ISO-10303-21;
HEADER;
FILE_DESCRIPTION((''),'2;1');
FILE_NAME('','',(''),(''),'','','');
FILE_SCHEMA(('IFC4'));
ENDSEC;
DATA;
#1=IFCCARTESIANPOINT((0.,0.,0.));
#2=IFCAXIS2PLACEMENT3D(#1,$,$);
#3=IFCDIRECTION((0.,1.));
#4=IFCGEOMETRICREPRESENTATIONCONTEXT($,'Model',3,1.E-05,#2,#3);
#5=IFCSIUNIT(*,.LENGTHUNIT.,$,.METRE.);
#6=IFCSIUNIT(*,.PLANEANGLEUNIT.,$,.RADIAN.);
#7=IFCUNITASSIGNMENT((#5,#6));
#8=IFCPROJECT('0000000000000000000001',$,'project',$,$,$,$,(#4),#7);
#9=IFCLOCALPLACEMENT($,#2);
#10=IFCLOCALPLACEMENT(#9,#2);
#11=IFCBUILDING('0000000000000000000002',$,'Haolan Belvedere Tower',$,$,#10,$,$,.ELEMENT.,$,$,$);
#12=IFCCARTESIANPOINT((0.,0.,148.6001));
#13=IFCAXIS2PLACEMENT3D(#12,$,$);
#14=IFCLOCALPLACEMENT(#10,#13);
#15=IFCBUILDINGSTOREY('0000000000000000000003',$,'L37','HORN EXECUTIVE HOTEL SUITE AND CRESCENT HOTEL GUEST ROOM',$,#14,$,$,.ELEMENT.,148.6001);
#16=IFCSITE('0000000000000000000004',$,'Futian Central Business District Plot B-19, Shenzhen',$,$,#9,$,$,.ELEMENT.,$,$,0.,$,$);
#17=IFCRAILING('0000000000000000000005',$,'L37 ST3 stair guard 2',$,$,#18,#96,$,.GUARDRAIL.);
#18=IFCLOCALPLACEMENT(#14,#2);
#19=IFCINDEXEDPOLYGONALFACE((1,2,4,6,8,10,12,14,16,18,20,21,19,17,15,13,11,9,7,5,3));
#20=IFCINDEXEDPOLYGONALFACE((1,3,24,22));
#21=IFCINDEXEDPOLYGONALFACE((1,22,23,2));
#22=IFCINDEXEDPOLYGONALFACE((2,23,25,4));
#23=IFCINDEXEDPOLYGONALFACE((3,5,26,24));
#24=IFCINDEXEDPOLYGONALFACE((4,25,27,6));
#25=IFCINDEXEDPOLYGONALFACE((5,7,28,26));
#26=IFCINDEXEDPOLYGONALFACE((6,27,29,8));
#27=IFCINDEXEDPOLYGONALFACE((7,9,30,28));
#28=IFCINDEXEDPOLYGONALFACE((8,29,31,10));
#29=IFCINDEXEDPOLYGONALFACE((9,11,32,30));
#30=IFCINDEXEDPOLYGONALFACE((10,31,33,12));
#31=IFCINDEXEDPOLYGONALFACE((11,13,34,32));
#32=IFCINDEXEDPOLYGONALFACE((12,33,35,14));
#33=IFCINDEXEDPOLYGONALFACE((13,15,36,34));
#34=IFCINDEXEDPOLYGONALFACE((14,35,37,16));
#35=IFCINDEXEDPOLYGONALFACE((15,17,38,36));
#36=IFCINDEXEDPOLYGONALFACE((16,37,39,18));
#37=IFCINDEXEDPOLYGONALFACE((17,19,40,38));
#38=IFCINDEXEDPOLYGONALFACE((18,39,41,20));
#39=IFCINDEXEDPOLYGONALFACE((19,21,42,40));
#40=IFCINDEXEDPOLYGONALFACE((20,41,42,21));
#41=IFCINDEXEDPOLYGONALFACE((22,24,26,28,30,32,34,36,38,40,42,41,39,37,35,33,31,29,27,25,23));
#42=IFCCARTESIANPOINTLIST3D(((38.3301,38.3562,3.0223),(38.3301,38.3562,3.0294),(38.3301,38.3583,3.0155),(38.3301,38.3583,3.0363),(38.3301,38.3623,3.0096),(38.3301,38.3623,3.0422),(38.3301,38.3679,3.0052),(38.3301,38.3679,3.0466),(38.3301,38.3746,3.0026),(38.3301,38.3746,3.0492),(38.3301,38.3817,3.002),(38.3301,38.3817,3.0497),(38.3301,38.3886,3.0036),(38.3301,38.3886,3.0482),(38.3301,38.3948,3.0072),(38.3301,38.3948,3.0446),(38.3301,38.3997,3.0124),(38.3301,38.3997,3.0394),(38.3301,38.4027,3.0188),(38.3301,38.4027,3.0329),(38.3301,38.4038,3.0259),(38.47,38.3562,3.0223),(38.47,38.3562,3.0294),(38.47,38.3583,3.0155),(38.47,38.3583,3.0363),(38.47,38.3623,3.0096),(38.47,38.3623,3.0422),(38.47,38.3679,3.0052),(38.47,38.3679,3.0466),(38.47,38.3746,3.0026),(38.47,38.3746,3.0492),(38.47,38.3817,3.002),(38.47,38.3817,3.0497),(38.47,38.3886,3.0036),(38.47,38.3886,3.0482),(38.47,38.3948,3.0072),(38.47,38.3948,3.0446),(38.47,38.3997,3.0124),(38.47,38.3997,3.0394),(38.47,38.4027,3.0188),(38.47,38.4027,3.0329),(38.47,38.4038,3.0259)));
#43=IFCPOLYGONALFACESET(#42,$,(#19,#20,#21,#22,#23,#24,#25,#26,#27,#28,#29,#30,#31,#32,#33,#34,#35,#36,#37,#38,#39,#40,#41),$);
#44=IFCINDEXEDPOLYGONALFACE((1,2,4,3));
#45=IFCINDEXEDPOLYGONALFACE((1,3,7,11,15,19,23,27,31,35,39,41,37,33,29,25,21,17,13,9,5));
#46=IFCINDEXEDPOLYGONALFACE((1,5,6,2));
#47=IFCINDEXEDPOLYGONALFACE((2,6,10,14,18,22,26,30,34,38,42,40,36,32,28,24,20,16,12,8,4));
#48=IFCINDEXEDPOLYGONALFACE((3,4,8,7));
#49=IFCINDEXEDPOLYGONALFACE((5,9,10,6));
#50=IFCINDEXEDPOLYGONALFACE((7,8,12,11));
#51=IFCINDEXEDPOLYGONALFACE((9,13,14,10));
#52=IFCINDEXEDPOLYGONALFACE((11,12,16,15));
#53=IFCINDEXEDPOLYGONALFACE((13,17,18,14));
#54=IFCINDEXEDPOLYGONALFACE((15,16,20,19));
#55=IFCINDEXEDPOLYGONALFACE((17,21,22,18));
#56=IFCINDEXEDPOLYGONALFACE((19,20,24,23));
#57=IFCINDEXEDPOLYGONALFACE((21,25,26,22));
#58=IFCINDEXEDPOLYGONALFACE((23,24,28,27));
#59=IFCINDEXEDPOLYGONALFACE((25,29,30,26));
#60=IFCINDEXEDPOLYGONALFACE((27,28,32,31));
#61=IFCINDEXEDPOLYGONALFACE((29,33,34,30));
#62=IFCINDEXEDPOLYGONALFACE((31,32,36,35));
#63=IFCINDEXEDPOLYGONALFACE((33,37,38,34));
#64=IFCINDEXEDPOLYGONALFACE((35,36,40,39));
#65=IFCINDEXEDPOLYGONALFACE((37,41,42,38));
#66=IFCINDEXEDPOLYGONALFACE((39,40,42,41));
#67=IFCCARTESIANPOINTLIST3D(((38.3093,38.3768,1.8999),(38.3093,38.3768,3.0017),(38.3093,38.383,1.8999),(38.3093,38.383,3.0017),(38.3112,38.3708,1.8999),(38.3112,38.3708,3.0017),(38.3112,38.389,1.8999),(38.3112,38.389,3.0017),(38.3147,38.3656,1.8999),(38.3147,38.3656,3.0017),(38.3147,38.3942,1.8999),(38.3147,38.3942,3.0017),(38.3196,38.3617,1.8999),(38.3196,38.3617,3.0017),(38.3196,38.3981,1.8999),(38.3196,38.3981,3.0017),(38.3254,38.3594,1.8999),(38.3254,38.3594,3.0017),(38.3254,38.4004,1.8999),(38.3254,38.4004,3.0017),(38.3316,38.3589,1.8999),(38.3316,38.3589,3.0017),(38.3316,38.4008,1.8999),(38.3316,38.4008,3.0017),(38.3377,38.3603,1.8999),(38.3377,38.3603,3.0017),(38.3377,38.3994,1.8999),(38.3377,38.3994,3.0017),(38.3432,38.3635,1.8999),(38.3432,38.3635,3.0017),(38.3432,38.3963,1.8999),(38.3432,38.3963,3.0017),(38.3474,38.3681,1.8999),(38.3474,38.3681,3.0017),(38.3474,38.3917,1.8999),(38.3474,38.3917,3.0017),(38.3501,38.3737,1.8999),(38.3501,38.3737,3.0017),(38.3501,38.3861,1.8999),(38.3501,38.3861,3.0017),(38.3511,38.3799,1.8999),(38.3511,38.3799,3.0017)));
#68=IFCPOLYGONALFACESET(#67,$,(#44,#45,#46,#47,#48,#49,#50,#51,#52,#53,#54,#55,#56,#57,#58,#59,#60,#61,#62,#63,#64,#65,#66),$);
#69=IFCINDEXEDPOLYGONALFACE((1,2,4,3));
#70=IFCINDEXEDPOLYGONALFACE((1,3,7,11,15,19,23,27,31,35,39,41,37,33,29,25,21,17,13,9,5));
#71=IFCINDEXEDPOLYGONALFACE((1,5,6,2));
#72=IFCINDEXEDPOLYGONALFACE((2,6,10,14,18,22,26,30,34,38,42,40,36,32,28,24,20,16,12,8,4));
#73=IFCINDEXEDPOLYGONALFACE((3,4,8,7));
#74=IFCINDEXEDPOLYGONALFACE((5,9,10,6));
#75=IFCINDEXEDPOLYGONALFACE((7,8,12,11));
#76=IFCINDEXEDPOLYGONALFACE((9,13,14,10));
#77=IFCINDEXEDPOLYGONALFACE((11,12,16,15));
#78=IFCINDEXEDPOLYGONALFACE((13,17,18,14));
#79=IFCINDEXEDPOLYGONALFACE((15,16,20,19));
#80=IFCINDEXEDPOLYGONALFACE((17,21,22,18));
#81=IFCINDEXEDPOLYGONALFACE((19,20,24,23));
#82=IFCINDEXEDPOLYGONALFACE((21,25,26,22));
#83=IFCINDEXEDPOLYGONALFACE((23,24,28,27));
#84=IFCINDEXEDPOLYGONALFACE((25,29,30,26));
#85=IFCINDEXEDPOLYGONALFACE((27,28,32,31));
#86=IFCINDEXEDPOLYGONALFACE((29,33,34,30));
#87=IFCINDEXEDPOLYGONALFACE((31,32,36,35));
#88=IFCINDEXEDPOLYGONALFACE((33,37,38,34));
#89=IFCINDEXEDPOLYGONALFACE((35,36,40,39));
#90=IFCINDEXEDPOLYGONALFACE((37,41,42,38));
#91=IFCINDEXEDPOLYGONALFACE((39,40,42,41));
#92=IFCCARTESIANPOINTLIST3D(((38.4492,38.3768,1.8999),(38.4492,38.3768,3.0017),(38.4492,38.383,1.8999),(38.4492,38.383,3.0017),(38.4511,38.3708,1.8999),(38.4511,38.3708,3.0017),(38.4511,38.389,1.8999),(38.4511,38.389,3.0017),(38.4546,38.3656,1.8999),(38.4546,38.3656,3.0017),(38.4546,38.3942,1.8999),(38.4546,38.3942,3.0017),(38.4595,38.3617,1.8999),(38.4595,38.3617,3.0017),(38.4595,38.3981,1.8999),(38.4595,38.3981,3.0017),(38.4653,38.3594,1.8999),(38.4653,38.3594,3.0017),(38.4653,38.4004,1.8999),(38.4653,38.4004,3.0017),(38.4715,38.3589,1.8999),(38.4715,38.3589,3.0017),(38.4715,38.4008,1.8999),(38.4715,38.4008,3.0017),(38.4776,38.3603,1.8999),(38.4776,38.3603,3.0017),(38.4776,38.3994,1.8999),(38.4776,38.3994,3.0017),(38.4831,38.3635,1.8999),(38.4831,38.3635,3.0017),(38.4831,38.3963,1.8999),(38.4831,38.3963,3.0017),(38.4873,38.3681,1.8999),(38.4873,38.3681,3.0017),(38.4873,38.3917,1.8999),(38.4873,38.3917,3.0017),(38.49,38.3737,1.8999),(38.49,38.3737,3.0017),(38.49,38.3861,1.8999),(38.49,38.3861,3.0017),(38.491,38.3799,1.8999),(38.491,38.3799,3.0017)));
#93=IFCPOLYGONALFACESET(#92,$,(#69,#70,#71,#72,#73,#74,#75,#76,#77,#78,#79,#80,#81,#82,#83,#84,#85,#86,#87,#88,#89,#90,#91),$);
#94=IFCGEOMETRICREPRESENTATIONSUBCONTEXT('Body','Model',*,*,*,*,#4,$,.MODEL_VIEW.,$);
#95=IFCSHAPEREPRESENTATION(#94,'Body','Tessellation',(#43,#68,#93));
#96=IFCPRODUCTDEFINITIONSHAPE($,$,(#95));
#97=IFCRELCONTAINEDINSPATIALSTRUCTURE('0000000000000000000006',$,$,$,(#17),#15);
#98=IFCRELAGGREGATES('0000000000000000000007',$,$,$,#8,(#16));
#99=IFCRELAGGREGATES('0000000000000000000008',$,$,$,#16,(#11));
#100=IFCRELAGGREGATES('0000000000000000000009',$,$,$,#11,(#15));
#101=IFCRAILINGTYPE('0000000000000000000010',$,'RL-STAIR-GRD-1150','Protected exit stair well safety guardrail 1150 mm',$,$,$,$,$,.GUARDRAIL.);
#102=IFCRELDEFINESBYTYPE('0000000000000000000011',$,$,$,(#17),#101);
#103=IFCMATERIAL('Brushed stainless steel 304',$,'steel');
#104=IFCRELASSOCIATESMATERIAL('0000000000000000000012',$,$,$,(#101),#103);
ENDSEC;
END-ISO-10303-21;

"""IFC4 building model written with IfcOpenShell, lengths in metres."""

from ifc_helpers import new_model, si_unit, direction, frame, origin, origin_2d, place, context, subcontext, project, spatial, circle, extrude, material, type_object, element, save


model = new_model("IFC4")

# Units and contexts
model_context = context("Model", 3, precision=1e-05, world=origin(), true_north=direction((0.0, 1.0)))
body_context = subcontext(model_context, "Body", "Model", "MODEL_VIEW")
ifc_project = project(units=[si_unit("LENGTHUNIT", "METRE"), si_unit("PLANEANGLEUNIT", "RADIAN")], contexts=[model_context])

# Site, building, storey
site_placement = place(None, origin())
site = spatial("IfcSite", under=ifc_project, at=site_placement, Name="Futian Central Business District Plot B-19, Shenzhen", CompositionType="ELEMENT", RefElevation=0.0)
building_placement = place(site_placement, origin())
building = spatial("IfcBuilding", under=site, at=building_placement, Name="Haolan Belvedere Tower", CompositionType="ELEMENT")
storey_placement = place(building_placement, frame((0.0, 0.0, 148.6001)))
storey = spatial("IfcBuildingStorey", under=building, at=storey_placement, Name="L37", Description="HORN EXECUTIVE HOTEL SUITE AND CRESCENT HOTEL GUEST ROOM", CompositionType="ELEMENT", Elevation=148.6001)

# Railing
ifc_material_1 = material(Name="Brushed stainless steel 304", Category="steel")
railing_type_1 = type_object("IfcRailingType", Name="RL-STAIR-GRD-1150", Description="Protected exit stair well safety guardrail 1150 mm", PredefinedType="GUARDRAIL", material=ifc_material_1)
railing_1_placement = place(storey_placement, frame((38.3301, 38.3799, 1.8999)))
element("IfcRailing", 1, at=railing_1_placement, inside=storey, type_object=railing_type_1, Name="L37 ST3 stair guard 2", PredefinedType="GUARDRAIL", context=body_context, shape_type="SweptSolid", body=[
    extrude(circle(Radius=0.0239, at=origin_2d()), frame((0.0, 0.0, 1.126), z_axis=(1.0, 0.0, 0.0), x_axis=(0.0, 1.0, 0.0)), (0.0, 0.0, 1.0), 0.1399),
    extrude(circle(Radius=0.021, at=origin_2d()), origin(), (0.0, 0.0, 1.0), 1.1018),
    extrude(circle(Radius=0.021, at=origin_2d()), frame((0.1399, 0.0, 0.0)), (0.0, 0.0, 1.0), 1.1018),
])

save(model, "model.ifc")
